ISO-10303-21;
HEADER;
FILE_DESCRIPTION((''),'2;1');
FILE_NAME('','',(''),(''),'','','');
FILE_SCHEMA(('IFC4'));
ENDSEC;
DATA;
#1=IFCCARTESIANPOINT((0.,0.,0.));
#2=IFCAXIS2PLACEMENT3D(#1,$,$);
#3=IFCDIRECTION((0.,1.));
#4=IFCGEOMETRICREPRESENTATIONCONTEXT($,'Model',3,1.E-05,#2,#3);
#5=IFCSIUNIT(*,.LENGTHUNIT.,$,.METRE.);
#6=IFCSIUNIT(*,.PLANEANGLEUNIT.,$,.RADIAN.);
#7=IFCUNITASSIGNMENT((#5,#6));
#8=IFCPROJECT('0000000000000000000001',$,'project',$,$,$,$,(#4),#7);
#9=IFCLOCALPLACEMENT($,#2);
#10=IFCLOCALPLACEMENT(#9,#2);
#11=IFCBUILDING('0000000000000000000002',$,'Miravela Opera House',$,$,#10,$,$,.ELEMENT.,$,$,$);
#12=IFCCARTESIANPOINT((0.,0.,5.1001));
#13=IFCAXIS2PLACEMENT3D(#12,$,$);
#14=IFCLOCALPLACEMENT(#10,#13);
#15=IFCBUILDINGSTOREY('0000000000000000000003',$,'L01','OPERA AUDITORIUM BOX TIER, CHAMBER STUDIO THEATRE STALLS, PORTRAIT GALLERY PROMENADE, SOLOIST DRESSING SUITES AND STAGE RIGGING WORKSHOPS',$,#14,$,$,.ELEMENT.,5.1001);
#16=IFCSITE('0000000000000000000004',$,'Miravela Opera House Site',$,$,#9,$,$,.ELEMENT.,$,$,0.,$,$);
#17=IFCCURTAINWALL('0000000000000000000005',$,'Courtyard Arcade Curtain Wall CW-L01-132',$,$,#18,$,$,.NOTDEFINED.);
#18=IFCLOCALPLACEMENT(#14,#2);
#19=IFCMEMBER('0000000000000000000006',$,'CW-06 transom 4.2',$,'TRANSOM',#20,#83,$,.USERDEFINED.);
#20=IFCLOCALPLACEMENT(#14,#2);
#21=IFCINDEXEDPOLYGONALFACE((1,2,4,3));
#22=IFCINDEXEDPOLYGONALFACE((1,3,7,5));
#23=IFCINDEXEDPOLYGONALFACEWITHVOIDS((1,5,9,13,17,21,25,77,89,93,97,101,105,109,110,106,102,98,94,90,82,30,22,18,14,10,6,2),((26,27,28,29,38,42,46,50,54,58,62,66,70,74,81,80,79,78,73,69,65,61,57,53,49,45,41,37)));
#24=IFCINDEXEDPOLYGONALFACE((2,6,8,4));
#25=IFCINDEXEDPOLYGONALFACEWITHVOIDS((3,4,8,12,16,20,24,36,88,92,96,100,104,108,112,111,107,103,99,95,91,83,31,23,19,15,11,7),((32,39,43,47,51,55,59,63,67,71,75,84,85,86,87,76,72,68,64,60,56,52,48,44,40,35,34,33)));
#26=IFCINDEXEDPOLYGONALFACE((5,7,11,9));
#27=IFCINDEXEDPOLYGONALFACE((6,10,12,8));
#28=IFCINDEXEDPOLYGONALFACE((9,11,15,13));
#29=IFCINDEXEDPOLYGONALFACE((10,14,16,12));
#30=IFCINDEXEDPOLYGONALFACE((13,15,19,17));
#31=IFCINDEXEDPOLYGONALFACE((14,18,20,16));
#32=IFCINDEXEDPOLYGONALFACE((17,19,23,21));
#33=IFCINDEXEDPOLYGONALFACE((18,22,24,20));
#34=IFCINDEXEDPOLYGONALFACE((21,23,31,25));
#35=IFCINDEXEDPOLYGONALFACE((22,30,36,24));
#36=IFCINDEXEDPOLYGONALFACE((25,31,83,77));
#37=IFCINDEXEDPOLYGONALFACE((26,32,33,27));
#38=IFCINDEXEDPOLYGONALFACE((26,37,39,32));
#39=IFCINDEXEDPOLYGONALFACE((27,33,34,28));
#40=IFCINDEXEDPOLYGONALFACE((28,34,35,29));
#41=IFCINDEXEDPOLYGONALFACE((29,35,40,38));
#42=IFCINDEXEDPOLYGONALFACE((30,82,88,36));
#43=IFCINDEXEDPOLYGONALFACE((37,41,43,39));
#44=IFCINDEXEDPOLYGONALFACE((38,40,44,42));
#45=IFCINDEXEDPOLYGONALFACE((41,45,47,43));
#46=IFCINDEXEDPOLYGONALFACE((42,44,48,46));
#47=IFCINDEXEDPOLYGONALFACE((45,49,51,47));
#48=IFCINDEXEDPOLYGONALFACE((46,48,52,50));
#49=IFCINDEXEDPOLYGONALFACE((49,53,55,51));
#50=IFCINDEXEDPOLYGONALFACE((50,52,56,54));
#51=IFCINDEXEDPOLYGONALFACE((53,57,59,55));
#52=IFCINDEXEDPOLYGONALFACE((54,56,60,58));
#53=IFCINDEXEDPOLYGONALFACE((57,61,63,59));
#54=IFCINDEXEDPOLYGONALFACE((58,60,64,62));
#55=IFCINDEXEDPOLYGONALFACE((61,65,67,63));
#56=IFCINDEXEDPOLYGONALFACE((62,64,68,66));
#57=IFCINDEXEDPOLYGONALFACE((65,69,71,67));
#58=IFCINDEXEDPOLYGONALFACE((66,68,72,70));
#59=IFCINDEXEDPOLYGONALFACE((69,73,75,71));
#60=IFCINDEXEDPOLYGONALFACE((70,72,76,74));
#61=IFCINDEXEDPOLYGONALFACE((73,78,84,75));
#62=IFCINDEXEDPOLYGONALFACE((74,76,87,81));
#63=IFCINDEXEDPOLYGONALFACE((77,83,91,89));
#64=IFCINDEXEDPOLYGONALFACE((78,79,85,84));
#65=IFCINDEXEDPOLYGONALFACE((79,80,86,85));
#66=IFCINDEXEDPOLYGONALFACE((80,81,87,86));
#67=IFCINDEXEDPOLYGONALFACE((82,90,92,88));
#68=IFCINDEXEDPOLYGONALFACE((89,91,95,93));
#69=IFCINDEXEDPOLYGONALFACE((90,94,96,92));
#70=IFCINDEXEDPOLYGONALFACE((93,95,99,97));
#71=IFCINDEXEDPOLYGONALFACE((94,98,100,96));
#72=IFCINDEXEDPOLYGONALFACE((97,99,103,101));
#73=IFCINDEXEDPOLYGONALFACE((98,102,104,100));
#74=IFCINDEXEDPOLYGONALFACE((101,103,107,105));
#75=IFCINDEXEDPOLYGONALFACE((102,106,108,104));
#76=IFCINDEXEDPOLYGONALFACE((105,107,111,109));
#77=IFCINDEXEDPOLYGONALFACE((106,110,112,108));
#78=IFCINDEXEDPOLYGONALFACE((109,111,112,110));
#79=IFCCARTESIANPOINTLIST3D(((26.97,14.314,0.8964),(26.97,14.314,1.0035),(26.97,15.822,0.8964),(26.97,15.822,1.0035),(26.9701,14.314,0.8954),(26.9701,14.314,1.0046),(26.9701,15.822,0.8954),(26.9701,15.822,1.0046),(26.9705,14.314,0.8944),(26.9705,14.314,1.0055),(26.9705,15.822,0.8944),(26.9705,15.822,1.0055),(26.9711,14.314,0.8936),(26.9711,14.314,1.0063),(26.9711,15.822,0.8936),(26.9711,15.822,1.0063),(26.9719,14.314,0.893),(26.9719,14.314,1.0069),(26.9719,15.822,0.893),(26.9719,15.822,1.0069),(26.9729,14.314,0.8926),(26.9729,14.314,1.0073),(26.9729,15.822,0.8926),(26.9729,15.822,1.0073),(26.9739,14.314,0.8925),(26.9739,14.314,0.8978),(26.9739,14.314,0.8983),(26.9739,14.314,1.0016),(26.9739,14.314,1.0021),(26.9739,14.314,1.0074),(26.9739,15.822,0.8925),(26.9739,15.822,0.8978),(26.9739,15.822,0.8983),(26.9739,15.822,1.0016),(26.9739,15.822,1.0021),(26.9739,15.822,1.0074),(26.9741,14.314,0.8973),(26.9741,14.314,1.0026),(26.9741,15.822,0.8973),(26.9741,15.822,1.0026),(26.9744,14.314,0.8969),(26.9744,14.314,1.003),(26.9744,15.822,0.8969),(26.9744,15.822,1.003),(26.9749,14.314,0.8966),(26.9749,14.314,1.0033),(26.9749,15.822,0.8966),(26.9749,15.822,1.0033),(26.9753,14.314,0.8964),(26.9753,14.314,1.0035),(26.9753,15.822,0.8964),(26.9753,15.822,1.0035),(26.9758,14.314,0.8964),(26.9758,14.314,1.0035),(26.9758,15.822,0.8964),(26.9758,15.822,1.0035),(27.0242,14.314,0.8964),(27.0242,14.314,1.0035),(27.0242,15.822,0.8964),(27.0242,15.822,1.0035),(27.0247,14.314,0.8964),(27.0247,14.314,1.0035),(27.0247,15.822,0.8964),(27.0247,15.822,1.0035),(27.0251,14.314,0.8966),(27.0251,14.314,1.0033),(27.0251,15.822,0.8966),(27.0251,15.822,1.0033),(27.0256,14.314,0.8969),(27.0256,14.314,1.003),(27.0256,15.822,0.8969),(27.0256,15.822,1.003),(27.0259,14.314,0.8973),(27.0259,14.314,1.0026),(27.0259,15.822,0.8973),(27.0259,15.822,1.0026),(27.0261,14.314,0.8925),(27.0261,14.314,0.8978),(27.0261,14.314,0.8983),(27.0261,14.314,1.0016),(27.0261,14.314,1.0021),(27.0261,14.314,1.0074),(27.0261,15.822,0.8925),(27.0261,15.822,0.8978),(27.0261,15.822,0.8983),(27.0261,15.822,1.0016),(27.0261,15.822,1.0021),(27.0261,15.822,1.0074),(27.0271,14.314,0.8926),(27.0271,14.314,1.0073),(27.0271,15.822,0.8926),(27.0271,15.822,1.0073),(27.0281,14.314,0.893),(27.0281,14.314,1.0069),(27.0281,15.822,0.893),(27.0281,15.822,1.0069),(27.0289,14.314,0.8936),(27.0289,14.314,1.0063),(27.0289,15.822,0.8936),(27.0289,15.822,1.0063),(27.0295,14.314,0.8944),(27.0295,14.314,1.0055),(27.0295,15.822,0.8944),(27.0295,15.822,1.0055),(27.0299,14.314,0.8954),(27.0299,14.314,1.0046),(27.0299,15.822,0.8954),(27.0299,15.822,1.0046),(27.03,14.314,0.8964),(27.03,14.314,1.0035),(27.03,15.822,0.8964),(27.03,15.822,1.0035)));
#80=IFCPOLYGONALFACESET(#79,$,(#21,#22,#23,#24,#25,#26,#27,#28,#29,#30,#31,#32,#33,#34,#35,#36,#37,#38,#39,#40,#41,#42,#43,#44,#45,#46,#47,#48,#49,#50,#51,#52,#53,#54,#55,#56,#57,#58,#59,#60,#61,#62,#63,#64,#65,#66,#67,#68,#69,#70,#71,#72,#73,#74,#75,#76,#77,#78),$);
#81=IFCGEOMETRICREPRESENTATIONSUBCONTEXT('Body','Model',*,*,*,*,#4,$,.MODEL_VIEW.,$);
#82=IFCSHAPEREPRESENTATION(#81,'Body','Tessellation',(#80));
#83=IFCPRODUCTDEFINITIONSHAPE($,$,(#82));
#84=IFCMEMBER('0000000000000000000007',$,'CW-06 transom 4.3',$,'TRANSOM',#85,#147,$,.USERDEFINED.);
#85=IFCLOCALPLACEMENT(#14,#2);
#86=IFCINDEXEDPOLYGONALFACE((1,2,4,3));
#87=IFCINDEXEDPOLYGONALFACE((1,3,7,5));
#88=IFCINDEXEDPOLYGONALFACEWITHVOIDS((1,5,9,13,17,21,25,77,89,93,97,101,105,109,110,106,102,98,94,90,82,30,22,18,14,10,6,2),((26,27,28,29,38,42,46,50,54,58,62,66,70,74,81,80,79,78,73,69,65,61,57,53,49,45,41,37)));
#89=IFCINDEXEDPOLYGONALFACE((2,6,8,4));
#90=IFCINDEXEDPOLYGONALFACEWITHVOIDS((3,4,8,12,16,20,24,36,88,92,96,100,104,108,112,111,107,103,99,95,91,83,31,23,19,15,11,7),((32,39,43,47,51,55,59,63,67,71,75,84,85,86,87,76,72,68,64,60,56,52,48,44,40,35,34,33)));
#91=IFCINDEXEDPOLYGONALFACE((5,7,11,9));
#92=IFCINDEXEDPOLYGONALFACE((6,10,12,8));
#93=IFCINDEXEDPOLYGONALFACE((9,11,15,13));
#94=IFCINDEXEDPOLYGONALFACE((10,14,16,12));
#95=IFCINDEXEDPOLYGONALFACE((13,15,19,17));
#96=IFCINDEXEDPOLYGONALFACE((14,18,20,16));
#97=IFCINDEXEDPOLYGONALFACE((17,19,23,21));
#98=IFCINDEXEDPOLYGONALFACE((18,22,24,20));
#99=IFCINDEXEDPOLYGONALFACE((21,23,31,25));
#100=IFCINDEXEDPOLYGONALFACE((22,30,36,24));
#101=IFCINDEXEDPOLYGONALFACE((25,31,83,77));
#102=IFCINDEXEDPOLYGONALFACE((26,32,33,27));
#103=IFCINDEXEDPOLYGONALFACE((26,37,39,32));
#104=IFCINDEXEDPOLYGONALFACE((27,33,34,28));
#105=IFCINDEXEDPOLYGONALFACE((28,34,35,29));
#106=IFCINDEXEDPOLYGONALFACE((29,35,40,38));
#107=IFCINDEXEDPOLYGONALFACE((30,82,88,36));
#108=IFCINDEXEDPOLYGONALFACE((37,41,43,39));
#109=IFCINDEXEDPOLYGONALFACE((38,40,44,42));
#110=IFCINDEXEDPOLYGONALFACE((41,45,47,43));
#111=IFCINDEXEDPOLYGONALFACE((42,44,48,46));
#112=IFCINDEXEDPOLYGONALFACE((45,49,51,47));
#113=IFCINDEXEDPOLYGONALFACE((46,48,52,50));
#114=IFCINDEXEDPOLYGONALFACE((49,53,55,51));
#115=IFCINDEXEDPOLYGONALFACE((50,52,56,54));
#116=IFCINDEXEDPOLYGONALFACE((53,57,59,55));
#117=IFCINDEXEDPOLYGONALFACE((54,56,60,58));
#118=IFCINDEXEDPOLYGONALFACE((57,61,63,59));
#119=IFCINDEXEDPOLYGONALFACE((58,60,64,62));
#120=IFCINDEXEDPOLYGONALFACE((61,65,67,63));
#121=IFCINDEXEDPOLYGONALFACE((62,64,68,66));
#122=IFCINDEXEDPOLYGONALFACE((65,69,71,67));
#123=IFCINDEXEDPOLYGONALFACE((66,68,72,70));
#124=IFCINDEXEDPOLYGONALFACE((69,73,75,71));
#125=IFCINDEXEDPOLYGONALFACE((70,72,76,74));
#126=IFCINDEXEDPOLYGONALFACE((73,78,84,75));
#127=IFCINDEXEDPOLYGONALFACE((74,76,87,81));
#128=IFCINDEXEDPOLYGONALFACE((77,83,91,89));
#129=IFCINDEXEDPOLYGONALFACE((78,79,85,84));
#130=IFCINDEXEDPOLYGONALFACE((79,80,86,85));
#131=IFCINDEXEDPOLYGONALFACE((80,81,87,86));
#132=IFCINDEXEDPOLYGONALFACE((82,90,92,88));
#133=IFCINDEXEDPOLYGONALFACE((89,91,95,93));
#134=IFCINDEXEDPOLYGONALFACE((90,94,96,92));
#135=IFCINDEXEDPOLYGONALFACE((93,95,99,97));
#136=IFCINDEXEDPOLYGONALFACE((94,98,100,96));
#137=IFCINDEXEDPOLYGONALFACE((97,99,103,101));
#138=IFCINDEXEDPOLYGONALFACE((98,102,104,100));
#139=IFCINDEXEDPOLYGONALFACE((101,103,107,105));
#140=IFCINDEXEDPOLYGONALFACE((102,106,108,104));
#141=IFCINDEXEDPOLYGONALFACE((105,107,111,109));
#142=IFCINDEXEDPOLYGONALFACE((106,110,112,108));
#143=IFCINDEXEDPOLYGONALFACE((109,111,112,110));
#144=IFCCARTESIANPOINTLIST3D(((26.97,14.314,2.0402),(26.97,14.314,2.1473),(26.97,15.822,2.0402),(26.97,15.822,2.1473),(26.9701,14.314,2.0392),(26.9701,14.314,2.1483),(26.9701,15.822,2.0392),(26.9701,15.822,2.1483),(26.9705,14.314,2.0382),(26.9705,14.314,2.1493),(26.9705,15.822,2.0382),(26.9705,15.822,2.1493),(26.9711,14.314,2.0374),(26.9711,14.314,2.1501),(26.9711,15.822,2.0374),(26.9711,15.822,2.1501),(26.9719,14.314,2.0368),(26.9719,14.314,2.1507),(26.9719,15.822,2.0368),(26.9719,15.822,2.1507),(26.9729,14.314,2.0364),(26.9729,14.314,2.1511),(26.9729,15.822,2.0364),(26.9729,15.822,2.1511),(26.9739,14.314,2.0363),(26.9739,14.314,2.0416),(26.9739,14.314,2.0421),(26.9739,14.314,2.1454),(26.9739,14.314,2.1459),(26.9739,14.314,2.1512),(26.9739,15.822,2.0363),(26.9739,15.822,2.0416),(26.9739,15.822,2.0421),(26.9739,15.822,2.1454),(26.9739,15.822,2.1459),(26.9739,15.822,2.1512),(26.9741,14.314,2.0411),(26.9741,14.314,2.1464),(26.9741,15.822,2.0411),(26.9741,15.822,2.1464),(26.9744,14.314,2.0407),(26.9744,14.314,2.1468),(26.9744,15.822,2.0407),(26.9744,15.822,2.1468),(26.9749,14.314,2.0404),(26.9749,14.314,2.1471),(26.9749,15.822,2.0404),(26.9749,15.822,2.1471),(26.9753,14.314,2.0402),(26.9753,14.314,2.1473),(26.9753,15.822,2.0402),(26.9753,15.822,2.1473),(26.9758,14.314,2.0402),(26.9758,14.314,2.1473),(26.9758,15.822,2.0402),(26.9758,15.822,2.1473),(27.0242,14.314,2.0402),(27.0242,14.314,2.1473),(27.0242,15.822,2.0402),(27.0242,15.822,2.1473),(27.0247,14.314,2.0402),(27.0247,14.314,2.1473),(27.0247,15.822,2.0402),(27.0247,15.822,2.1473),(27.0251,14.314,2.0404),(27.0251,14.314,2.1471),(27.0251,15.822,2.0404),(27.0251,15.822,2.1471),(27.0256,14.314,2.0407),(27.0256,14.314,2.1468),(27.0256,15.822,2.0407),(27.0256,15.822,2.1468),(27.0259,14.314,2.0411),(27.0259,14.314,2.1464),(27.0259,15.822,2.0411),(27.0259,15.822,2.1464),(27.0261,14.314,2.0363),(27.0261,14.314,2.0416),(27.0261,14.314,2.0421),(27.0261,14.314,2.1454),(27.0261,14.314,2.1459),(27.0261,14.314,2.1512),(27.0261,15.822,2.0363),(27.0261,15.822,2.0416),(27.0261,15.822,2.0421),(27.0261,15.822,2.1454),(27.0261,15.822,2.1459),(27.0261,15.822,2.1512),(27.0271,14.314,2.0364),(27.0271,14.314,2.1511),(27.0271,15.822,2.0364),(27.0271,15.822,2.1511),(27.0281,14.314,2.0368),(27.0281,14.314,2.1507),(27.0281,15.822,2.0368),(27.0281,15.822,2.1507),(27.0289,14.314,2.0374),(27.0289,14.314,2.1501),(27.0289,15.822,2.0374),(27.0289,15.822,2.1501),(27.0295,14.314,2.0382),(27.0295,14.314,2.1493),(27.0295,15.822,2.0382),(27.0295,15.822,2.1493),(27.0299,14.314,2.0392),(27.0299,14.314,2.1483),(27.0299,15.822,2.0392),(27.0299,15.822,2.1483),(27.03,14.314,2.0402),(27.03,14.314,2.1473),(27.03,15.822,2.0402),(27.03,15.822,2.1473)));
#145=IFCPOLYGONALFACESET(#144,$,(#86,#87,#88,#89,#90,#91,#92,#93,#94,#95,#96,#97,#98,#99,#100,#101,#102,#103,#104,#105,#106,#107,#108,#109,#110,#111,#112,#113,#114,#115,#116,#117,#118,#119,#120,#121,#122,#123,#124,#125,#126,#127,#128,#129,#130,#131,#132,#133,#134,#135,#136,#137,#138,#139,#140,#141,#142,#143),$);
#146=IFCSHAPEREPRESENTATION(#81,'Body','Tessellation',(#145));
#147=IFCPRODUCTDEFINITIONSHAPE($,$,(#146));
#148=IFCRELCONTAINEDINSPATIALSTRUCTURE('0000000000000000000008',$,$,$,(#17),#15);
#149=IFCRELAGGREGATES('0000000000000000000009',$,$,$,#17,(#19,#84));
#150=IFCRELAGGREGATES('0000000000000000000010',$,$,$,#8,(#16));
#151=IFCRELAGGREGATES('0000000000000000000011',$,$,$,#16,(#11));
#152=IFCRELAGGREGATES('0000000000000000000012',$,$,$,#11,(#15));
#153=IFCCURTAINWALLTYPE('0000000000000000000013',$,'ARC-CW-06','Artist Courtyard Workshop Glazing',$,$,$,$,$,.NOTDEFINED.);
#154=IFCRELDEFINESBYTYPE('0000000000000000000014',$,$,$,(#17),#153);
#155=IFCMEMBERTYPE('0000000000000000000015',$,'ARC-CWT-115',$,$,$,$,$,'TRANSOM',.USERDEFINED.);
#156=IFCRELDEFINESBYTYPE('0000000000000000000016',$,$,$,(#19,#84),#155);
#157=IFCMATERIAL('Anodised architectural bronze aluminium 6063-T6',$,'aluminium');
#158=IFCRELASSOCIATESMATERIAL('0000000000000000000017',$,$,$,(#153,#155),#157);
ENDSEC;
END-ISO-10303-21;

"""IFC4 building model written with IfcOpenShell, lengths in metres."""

from ifc_helpers import new_model, si_unit, direction, frame, origin, origin_2d, place, context, subcontext, project, spatial, hollow_rectangle, extrude, material, material_profile, profile_set, type_object, element, aggregate, save


model = new_model("IFC4")

# Units and contexts
model_context = context("Model", 3, precision=1e-05, world=origin(), true_north=direction((0.0, 1.0)))
body_context = subcontext(model_context, "Body", "Model", "MODEL_VIEW")
ifc_project = project(units=[si_unit("LENGTHUNIT", "METRE"), si_unit("PLANEANGLEUNIT", "RADIAN")], contexts=[model_context])

# Site, building, storey
site_placement = place(None, origin())
site = spatial("IfcSite", under=ifc_project, at=site_placement, Name="Miravela Opera House Site", CompositionType="ELEMENT", RefElevation=0.0)
building_placement = place(site_placement, origin())
building = spatial("IfcBuilding", under=site, at=building_placement, Name="Miravela Opera House", CompositionType="ELEMENT")
storey_placement = place(building_placement, frame((0.0, 0.0, 5.1001)))
storey = spatial("IfcBuildingStorey", under=building, at=storey_placement, Name="L01", Description="OPERA AUDITORIUM BOX TIER, CHAMBER STUDIO THEATRE STALLS, PORTRAIT GALLERY PROMENADE, SOLOIST DRESSING SUITES AND STAGE RIGGING WORKSHOPS", CompositionType="ELEMENT", Elevation=5.1001)

# Curtain wall, members
ifc_material_1 = material(Name="Anodised architectural bronze aluminium 6063-T6", Category="aluminium")
curtain_wall_type = type_object("IfcCurtainWallType", Name="ARC-CW-06", Description="Artist Courtyard Workshop Glazing", PredefinedType="NOTDEFINED", material=ifc_material_1)
curtain_wall_placement = place(storey_placement, origin())
curtain_wall = element("IfcCurtainWall", 1, at=curtain_wall_placement, inside=storey, type_object=curtain_wall_type, Name="Courtyard Arcade Curtain Wall CW-L01-132", PredefinedType="NOTDEFINED")
ifc_material_profile_1 = material_profile(ifc_material_1, hollow_rectangle(XDim=0.0601, YDim=0.115, WallThickness=0.0039, InnerFilletRadius=0.002, OuterFilletRadius=0.0039, at=origin_2d()), Name="CWT-60X115")
ifc_profile_set_1 = profile_set([ifc_material_profile_1])
member_type_1 = type_object("IfcMemberType", Name="ARC-CWT-115", ElementType="TRANSOM", PredefinedType="USERDEFINED", material=ifc_profile_set_1)
member_1_placement = place(storey_placement, frame((27.0, 14.314, 0.95), z_axis=(0.0, 1.0, 0.0), x_axis=(-1.0, 0.0, 0.0)))
member_1 = element("IfcMember", 2, at=member_1_placement, type_object=member_type_1, Name="CW-06 transom 4.2", ObjectType="TRANSOM", PredefinedType="USERDEFINED", context=body_context, shape_type="SweptSolid", body=[
    extrude(hollow_rectangle(XDim=0.0601, YDim=0.115, WallThickness=0.0039, InnerFilletRadius=0.002, OuterFilletRadius=0.0039, at=origin_2d()), origin(), (0.0, 0.0, 1.0), 1.5081),
])
member_2_placement = place(storey_placement, frame((27.0, 14.314, 2.0938), z_axis=(0.0, 1.0, 0.0), x_axis=(-1.0, 0.0, 0.0)))
member_2 = element("IfcMember", 3, at=member_2_placement, type_object=member_type_1, Name="CW-06 transom 4.3", ObjectType="TRANSOM", PredefinedType="USERDEFINED", context=body_context, shape_type="SweptSolid", body=[
    extrude(hollow_rectangle(XDim=0.0601, YDim=0.115, WallThickness=0.0039, InnerFilletRadius=0.002, OuterFilletRadius=0.0039, at=origin_2d()), origin(), (0.0, 0.0, 1.0), 1.5081),
])
aggregate(curtain_wall, [member_1, member_2])

save(model, "model.ifc")
